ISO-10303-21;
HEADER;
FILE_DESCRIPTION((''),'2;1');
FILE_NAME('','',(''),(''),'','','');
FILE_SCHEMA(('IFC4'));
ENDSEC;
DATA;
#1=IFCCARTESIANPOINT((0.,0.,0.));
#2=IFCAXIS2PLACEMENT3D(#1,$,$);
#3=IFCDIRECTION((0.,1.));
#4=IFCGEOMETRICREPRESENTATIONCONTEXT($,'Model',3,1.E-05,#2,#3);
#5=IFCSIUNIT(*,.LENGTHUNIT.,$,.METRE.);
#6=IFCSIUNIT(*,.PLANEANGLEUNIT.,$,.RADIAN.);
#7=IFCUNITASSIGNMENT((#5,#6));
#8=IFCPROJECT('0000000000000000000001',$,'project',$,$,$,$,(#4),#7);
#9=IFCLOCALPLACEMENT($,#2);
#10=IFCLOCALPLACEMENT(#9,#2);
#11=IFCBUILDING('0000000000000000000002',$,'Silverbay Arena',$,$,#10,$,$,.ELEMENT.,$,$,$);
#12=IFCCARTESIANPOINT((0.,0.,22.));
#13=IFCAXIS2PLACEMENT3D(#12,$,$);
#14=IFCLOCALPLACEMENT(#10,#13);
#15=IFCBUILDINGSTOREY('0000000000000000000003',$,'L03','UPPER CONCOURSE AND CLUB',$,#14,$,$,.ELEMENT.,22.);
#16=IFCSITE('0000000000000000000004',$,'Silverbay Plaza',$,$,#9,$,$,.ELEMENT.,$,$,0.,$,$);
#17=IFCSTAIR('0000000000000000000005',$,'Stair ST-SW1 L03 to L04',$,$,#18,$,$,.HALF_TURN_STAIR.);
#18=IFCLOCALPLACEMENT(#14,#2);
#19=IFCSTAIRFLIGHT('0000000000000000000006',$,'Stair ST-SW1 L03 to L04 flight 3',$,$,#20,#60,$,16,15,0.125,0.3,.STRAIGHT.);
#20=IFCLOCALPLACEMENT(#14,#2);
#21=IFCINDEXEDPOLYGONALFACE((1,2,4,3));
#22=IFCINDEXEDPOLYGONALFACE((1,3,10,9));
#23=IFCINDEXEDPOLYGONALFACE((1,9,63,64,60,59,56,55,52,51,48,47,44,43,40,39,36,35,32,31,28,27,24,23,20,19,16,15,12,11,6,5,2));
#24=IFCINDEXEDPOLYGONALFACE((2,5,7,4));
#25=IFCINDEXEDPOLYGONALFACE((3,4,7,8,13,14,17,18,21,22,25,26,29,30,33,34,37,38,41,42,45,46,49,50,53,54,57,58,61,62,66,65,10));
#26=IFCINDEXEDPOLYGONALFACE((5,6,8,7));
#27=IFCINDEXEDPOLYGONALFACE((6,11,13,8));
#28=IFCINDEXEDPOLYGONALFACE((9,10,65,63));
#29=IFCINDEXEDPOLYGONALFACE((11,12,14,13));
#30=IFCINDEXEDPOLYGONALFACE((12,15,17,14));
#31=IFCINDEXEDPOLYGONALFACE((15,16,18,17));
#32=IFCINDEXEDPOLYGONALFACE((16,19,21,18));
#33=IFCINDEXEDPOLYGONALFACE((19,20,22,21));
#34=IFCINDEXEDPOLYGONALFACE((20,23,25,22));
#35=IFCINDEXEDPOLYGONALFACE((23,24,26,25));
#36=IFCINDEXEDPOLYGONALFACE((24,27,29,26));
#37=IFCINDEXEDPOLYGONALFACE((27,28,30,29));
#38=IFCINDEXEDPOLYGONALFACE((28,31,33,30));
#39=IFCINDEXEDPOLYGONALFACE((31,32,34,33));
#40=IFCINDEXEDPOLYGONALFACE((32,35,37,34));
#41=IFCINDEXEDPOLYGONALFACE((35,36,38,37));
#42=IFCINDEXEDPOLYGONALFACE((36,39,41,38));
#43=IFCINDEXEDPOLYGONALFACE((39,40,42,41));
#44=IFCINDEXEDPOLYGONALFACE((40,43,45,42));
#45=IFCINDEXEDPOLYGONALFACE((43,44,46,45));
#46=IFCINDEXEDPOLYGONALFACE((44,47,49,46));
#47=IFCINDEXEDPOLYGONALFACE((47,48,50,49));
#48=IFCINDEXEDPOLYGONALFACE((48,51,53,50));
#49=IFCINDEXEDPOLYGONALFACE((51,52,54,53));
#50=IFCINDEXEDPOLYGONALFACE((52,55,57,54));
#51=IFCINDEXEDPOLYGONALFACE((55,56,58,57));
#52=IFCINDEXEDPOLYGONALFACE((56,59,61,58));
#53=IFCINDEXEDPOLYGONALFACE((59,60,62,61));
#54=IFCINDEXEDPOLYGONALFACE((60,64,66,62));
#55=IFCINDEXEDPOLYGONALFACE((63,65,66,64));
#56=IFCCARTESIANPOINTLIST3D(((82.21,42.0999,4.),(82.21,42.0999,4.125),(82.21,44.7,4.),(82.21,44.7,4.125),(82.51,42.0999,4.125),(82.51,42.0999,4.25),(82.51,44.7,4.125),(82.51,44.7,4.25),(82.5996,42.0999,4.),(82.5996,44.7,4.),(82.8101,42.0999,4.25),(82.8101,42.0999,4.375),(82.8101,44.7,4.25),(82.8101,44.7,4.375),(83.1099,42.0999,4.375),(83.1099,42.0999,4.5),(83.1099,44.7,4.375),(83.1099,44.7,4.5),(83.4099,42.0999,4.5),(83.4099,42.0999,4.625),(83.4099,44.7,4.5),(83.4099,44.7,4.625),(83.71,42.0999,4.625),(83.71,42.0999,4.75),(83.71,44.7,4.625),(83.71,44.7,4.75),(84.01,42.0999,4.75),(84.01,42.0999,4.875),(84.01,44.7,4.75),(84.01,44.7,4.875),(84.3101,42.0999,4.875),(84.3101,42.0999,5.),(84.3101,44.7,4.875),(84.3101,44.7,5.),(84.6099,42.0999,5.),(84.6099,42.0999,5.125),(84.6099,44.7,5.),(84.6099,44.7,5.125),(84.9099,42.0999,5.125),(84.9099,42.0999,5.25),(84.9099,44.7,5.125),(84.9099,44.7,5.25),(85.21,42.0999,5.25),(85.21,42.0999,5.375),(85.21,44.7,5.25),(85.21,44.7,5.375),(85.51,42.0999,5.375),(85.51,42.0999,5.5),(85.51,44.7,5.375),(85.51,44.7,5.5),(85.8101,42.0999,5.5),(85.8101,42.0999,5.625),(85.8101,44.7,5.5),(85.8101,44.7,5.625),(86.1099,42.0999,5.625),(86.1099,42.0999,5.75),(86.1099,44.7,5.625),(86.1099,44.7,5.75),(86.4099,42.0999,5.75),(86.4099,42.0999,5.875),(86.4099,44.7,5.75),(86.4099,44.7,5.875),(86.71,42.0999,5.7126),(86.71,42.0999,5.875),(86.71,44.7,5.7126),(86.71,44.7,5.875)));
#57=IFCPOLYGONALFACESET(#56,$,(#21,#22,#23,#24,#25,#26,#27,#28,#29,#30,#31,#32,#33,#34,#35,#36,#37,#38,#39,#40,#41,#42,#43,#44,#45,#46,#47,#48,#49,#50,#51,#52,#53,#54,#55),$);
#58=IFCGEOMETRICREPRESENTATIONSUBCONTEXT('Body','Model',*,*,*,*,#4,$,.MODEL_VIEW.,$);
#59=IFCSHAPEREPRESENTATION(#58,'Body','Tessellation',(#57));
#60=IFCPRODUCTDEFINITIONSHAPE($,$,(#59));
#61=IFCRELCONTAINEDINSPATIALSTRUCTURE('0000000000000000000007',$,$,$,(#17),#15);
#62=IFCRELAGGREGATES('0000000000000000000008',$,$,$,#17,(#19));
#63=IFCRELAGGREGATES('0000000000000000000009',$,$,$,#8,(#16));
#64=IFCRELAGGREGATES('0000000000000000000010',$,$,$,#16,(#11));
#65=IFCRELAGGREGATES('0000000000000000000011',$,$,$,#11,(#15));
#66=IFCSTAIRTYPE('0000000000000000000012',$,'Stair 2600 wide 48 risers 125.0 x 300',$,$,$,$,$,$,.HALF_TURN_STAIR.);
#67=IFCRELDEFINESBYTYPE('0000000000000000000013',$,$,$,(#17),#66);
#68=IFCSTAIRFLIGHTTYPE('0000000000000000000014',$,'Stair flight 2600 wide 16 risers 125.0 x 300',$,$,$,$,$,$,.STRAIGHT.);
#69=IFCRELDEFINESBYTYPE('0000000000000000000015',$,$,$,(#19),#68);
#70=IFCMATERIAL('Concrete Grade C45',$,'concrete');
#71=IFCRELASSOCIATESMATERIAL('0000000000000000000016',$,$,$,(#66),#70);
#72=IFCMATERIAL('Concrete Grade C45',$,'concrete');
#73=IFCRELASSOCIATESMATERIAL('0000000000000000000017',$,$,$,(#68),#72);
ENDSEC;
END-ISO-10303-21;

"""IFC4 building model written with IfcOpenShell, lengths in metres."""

from ifc_helpers import new_model, si_unit, direction, frame, origin, place, context, subcontext, project, spatial, polyline, outline, extrude, material, type_object, element, aggregate, save


model = new_model("IFC4")

# Units and contexts
model_context = context("Model", 3, precision=1e-05, world=origin(), true_north=direction((0.0, 1.0)))
body_context = subcontext(model_context, "Body", "Model", "MODEL_VIEW")
ifc_project = project(units=[si_unit("LENGTHUNIT", "METRE"), si_unit("PLANEANGLEUNIT", "RADIAN")], contexts=[model_context])

# Site, building, storey
site_placement = place(None, origin())
site = spatial("IfcSite", under=ifc_project, at=site_placement, Name="Silverbay Plaza", CompositionType="ELEMENT", RefElevation=0.0)
building_placement = place(site_placement, origin())
building = spatial("IfcBuilding", under=site, at=building_placement, Name="Silverbay Arena", CompositionType="ELEMENT")
storey_placement = place(building_placement, frame((0.0, 0.0, 22.0)))
storey = spatial("IfcBuildingStorey", under=building, at=storey_placement, Name="L03", Description="UPPER CONCOURSE AND CLUB", CompositionType="ELEMENT", Elevation=22.0)

# Stair, stair flight
ifc_material_1 = material(Name="Concrete Grade C45", Category="concrete")
stair_type = type_object("IfcStairType", Name="Stair 2600 wide 48 risers 125.0 x 300", PredefinedType="HALF_TURN_STAIR", material=ifc_material_1)
stair_placement = place(storey_placement, origin())
stair = element("IfcStair", 1, at=stair_placement, inside=storey, type_object=stair_type, Name="Stair ST-SW1 L03 to L04", PredefinedType="HALF_TURN_STAIR")
ifc_material_2 = material(Name="Concrete Grade C45", Category="concrete")
stair_flight_type = type_object("IfcStairFlightType", Name="Stair flight 2600 wide 16 risers 125.0 x 300", PredefinedType="STRAIGHT", material=ifc_material_2)
stair_flight_1_placement = place(storey_placement, frame((82.21, 43.3999, 4.0), z_axis=(0.0, 0.0, 1.0), x_axis=(1.0, 0.0, 0.0)))
stair_flight_1 = element("IfcStairFlight", 2, at=stair_flight_1_placement, type_object=stair_flight_type, Name="Stair ST-SW1 L03 to L04 flight 3", NumberOfRisers=16, NumberOfTreads=15, PredefinedType="STRAIGHT", RiserHeight=0.125, TreadLength=0.3, context=body_context, shape_type="SweptSolid", body=[
    extrude(outline(polyline([(0.0, 0.0), (0.0, 0.125), (0.3, 0.125), (0.3, 0.25), (0.6001, 0.25), (0.6001, 0.375), (0.8999, 0.375), (0.8999, 0.5), (1.2, 0.5), (1.2, 0.625), (1.5, 0.625), (1.5, 0.75), (1.8, 0.75), (1.8, 0.875), (2.1001, 0.875), (2.1001, 1.0), (2.3999, 1.0), (2.3999, 1.125), (2.7, 1.125), (2.7, 1.25), (3.0, 1.25), (3.0, 1.375), (3.3, 1.375), (3.3, 1.5), (3.6001, 1.5), (3.6001, 1.625), (3.8999, 1.625), (3.8999, 1.75), (4.2, 1.75), (4.2, 1.875), (4.5, 1.875), (4.5, 1.7126), (0.3896, 0.0), (0.0, 0.0)])), frame((0.0, 1.3, 0.0), z_axis=(0.0, -1.0, 0.0), x_axis=(1.0, 0.0, 0.0)), (0.0, 0.0, 1.0), 2.6001),
])
aggregate(stair, [stair_flight_1])

save(model, "model.ifc")
